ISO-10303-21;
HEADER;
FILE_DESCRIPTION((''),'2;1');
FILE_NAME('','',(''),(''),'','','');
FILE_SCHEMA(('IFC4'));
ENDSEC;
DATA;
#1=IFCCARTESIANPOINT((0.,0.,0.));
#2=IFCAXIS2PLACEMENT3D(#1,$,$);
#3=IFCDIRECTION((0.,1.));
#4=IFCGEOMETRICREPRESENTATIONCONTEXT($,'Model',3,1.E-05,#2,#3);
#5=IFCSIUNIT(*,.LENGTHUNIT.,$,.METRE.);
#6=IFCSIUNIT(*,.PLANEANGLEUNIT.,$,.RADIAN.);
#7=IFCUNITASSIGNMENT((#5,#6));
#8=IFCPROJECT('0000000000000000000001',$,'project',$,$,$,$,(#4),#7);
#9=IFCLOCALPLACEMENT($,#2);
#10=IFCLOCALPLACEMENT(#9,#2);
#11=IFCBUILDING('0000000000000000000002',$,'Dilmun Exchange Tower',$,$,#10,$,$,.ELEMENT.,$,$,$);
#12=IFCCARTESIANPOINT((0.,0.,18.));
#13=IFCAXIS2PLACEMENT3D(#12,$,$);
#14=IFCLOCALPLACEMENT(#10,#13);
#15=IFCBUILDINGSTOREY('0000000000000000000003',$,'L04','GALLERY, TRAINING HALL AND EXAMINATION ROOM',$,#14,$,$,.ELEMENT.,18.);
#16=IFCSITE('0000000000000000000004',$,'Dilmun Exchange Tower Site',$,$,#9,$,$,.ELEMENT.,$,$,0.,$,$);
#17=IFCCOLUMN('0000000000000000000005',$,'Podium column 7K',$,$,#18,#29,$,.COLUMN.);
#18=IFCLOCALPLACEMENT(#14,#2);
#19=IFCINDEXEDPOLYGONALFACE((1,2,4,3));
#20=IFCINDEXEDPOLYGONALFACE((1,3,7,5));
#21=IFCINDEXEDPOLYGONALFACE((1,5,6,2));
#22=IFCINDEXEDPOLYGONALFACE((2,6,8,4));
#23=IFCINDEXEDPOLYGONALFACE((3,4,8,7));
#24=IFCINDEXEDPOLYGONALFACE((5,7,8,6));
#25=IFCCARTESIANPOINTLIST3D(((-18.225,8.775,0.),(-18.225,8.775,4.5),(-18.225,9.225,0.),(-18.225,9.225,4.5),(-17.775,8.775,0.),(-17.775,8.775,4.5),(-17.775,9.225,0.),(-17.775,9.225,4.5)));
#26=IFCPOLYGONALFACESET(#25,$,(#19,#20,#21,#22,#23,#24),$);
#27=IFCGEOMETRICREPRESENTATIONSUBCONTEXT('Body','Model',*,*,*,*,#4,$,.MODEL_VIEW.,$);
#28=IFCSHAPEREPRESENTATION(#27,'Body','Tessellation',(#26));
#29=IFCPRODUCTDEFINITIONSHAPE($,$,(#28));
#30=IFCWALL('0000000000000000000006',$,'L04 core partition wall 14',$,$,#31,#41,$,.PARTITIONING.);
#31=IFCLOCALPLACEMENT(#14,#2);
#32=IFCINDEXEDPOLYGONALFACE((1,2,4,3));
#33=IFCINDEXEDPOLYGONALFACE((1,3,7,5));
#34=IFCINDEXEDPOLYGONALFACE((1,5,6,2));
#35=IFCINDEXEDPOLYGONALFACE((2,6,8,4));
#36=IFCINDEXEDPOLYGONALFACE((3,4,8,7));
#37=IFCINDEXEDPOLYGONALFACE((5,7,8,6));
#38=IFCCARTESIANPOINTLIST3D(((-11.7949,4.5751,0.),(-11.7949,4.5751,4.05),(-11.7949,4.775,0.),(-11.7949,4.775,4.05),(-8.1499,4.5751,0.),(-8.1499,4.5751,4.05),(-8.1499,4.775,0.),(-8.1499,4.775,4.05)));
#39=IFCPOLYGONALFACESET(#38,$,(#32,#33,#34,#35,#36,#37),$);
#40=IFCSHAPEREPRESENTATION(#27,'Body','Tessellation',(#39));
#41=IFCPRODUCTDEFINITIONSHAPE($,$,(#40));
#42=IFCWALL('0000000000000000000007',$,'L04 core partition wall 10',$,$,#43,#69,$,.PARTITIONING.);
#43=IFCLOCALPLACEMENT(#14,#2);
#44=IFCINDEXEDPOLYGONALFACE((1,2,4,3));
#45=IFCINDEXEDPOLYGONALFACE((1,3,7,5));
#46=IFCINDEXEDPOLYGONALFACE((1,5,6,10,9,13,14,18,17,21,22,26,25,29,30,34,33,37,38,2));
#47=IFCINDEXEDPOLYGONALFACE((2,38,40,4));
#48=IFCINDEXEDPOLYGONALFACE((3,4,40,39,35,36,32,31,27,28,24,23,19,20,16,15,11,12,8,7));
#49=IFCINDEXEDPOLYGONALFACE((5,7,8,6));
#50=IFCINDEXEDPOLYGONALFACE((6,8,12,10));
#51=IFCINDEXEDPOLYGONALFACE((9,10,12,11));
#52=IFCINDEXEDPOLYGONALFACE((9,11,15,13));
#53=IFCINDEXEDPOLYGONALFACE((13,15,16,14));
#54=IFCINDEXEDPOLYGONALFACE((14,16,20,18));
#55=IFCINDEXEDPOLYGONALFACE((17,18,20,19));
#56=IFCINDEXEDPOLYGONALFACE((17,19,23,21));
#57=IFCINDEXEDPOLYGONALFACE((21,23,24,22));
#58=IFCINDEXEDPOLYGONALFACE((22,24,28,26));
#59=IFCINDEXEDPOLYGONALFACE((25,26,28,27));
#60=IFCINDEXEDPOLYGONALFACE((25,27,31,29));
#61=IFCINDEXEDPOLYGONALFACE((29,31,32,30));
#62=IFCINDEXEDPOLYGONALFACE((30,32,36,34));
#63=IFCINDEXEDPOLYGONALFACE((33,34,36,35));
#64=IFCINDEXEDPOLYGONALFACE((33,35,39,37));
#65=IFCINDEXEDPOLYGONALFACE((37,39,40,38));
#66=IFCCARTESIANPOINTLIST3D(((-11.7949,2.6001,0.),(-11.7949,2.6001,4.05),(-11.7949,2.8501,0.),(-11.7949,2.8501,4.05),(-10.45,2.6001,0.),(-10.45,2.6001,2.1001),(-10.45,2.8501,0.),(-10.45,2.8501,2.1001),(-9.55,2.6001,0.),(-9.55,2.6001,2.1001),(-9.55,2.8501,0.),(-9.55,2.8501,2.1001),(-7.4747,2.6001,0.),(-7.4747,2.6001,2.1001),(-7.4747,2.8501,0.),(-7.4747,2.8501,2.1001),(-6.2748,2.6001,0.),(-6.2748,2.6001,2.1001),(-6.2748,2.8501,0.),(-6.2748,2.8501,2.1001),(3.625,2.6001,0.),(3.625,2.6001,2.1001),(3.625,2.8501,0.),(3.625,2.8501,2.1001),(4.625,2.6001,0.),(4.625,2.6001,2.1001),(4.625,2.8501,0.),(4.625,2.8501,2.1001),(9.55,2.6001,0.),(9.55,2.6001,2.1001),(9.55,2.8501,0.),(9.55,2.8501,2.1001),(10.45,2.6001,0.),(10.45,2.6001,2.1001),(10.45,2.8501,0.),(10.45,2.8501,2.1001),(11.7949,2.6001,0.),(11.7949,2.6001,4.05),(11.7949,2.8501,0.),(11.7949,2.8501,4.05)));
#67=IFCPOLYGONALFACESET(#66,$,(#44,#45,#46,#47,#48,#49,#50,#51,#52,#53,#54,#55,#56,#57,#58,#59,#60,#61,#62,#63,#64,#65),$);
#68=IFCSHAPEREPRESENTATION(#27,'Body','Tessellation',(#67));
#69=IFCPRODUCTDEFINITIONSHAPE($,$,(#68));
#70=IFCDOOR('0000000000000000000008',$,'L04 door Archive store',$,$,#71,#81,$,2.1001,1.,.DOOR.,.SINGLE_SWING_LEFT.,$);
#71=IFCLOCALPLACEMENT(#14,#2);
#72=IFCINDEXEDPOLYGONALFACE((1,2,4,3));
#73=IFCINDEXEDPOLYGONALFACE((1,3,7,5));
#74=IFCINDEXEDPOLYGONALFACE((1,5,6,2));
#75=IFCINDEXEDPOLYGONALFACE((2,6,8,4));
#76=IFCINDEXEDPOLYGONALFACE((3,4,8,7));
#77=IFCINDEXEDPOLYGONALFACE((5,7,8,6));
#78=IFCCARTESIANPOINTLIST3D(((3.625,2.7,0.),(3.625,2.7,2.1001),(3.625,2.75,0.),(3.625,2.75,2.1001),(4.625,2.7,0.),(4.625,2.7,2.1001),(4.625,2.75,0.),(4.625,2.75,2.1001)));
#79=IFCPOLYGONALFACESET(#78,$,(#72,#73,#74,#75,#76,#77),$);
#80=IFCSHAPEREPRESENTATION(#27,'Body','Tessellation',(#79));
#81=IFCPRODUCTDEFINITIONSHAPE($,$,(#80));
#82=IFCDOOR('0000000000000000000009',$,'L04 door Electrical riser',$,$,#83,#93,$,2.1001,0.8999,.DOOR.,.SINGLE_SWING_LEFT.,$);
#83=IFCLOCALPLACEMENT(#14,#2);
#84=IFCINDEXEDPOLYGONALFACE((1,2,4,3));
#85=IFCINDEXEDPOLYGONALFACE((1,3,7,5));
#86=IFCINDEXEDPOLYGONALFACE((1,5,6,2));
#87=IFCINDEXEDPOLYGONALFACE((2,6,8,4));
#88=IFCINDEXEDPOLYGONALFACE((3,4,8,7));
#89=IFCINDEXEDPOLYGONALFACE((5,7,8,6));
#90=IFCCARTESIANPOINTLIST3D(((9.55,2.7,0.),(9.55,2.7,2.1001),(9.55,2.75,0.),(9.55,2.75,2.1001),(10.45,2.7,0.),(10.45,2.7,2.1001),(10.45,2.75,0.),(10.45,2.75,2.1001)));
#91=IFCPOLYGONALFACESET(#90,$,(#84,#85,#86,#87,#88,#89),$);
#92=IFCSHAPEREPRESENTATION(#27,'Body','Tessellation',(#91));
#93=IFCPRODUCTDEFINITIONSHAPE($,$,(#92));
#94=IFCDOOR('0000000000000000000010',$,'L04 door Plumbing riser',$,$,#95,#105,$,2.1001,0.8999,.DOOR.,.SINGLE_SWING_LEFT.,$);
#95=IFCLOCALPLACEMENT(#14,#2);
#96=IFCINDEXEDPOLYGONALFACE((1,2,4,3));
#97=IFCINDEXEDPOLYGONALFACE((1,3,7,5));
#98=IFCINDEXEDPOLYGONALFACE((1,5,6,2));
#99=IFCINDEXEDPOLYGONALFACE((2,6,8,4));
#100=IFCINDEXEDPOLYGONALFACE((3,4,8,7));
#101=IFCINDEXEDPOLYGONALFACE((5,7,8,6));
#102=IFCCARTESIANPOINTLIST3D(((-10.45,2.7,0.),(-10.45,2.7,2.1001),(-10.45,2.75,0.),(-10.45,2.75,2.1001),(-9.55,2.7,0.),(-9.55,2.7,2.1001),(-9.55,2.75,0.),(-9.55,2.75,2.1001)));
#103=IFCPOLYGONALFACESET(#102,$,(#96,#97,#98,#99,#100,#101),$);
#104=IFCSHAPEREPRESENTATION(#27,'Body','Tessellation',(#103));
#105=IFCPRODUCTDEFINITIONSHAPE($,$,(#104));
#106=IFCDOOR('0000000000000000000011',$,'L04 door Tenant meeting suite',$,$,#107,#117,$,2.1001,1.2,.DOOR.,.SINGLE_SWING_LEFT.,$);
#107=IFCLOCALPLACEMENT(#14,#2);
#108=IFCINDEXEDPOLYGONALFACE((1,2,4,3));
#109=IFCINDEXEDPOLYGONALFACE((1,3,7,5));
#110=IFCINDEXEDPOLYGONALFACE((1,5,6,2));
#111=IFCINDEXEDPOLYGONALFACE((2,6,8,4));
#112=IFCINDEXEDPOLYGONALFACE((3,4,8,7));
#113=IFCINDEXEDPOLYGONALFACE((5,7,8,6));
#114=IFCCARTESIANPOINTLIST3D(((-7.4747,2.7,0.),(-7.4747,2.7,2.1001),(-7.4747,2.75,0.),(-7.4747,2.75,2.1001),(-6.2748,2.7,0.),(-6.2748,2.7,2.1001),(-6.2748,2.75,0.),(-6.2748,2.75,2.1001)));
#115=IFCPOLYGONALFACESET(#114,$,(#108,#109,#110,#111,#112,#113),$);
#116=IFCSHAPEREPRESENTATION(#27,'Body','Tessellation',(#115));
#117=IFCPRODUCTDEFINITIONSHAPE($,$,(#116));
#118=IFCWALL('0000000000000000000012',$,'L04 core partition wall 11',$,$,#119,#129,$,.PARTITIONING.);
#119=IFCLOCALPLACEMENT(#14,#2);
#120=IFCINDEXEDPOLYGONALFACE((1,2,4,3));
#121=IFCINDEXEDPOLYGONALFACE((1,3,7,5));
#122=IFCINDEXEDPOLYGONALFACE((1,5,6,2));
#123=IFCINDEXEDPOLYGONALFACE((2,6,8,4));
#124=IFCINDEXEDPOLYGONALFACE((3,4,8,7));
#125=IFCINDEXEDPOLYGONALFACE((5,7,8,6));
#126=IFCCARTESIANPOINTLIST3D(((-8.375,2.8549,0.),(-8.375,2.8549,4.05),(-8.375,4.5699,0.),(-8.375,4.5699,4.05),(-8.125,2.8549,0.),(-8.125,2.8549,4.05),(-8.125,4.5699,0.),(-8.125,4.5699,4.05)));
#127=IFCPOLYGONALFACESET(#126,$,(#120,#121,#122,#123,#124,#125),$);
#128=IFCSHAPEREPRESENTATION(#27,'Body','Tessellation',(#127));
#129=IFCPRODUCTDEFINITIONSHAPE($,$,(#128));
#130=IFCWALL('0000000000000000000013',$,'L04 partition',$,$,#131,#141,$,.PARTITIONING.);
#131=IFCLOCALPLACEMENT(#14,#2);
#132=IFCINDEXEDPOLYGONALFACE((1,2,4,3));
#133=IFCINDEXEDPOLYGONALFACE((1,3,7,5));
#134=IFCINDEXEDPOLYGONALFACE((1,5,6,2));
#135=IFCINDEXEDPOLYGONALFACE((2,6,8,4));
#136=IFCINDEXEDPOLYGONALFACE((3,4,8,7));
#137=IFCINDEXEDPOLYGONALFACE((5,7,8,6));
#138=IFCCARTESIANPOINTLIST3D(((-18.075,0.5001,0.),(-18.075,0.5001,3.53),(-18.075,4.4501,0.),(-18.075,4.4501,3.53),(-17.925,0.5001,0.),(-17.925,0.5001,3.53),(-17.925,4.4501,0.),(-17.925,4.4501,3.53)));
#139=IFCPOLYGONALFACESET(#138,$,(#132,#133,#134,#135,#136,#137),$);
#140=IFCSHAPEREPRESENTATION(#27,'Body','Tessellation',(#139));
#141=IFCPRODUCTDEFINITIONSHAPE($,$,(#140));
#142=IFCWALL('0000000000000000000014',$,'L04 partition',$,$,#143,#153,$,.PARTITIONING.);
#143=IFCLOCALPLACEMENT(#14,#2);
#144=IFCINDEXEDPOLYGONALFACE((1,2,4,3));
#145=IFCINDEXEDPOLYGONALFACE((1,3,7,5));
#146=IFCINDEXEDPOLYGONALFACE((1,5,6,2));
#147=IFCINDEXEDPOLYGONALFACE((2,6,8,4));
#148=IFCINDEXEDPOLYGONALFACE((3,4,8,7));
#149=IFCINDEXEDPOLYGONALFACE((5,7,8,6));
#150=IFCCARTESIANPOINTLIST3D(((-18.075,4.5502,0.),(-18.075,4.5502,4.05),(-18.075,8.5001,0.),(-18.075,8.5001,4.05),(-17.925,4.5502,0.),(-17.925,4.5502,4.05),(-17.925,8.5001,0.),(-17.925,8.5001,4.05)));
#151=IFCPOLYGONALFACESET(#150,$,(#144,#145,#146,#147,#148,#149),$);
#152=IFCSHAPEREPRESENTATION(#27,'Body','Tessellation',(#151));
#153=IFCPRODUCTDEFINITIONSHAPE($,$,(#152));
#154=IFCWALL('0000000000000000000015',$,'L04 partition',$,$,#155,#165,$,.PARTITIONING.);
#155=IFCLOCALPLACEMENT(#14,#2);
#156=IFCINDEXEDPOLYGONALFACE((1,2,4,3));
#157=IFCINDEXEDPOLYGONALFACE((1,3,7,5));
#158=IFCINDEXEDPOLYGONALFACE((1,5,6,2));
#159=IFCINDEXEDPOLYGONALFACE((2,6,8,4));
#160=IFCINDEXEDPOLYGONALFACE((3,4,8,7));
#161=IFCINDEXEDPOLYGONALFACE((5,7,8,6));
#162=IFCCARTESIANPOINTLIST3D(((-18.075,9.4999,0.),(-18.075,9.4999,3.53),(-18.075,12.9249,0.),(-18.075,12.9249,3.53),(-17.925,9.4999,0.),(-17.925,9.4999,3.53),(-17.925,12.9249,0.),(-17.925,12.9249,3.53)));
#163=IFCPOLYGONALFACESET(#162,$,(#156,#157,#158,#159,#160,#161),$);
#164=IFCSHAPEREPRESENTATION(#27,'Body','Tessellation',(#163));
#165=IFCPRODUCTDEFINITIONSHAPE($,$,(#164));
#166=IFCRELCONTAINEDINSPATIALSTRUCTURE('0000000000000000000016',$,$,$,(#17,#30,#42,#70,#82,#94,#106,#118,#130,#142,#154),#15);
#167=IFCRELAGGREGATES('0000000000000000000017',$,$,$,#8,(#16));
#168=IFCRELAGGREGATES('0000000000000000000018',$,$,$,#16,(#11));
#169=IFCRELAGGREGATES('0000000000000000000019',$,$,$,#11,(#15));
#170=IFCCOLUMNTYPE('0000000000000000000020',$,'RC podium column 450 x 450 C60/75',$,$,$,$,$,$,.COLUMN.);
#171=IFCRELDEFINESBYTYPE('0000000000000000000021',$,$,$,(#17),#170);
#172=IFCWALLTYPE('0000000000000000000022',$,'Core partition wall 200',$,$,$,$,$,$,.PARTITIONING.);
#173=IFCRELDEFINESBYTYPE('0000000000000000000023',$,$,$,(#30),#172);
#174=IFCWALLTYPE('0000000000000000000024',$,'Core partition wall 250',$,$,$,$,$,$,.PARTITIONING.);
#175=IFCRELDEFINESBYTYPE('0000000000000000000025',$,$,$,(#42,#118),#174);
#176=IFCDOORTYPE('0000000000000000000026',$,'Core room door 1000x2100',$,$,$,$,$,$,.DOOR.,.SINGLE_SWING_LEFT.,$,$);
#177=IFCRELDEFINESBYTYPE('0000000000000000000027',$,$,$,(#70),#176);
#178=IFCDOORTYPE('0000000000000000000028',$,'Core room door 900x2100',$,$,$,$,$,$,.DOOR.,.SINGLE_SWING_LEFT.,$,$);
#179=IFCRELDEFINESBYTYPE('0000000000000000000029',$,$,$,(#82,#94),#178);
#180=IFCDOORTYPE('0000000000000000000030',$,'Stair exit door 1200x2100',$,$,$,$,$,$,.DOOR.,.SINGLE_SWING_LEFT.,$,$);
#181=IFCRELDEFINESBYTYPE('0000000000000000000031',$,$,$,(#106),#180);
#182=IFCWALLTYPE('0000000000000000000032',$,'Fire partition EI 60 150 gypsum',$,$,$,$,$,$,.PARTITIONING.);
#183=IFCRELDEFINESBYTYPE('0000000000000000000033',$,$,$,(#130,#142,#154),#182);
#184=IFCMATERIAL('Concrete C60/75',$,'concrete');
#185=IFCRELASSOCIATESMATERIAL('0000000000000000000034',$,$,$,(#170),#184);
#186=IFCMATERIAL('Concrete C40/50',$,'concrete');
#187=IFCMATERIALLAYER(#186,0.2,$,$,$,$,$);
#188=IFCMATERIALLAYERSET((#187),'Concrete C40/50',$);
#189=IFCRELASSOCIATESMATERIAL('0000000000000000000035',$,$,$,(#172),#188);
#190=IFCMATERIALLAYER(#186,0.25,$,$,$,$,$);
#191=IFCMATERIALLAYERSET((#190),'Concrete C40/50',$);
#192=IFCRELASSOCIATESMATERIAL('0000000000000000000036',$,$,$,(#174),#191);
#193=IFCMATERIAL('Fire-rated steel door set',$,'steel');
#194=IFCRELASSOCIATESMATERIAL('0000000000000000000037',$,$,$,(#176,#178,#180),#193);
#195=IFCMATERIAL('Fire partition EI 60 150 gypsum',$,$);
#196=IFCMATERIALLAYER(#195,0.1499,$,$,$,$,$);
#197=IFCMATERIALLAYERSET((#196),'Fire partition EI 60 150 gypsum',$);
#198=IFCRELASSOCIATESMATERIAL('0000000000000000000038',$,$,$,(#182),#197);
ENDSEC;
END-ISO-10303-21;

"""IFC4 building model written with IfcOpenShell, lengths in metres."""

from ifc_helpers import new_model, si_unit, direction, frame, frame_2d, origin, origin_2d, place, context, subcontext, project, spatial, rectangle, extrude, material, layer, layer_set, material_profile, profile_set, type_object, element, fill, save


model = new_model("IFC4")

# Units and contexts
model_context = context("Model", 3, precision=1e-05, world=origin(), true_north=direction((0.0, 1.0)))
body_context = subcontext(model_context, "Body", "Model", "MODEL_VIEW")
ifc_project = project(units=[si_unit("LENGTHUNIT", "METRE"), si_unit("PLANEANGLEUNIT", "RADIAN")], contexts=[model_context])

# Site, building, storey
site_placement = place(None, origin())
site = spatial("IfcSite", under=ifc_project, at=site_placement, Name="Dilmun Exchange Tower Site", CompositionType="ELEMENT", RefElevation=0.0)
building_placement = place(site_placement, origin())
building = spatial("IfcBuilding", under=site, at=building_placement, Name="Dilmun Exchange Tower", CompositionType="ELEMENT")
storey_placement = place(building_placement, frame((0.0, 0.0, 18.0)))
storey = spatial("IfcBuildingStorey", under=building, at=storey_placement, Name="L04", Description="GALLERY, TRAINING HALL AND EXAMINATION ROOM", CompositionType="ELEMENT", Elevation=18.0)

# Column
ifc_material_1 = material(Name="Concrete C60/75", Category="concrete")
ifc_material_profile = material_profile(ifc_material_1, rectangle(XDim=0.45, YDim=0.45, at=origin_2d()), Name="450 x 450")
ifc_profile_set = profile_set([ifc_material_profile], Name="Concrete C60/75")
column_type = type_object("IfcColumnType", Name="RC podium column 450 x 450 C60/75", PredefinedType="COLUMN", material=ifc_profile_set)
column_placement = place(storey_placement, frame((-18.0, 9.0, 0.0), z_axis=(0.0, 0.0, 1.0), x_axis=(1.0, 0.0, 0.0)))
element("IfcColumn", 1, at=column_placement, inside=storey, type_object=column_type, Name="Podium column 7K", PredefinedType="COLUMN", context=body_context, shape_type="SweptSolid", body=[
    extrude(rectangle(XDim=0.45, YDim=0.45, at=origin_2d()), origin(), (0.0, 0.0, 1.0), 4.5),
])

# Wall
ifc_material_2 = material(Name="Concrete C40/50", Category="concrete")
ifc_layer_1 = layer(ifc_material_2, 0.2)
ifc_layer_set_1 = layer_set([ifc_layer_1], Name="Concrete C40/50")
wall_type_1 = type_object("IfcWallType", Name="Core partition wall 200", PredefinedType="PARTITIONING", material=ifc_layer_set_1)
wall_1_placement = place(storey_placement, frame((-11.7949, 4.675, 0.0), z_axis=(0.0, 0.0, 1.0), x_axis=(1.0, 0.0, 0.0)))
element("IfcWall", 2, at=wall_1_placement, inside=storey, type_object=wall_type_1, Name="L04 core partition wall 14", PredefinedType="PARTITIONING", context=body_context, shape_type="SweptSolid", body=[
    extrude(rectangle(XDim=3.645, YDim=0.2, at=frame_2d((1.8225, 0.0))), origin(), (0.0, 0.0, 1.0), 4.05),
])

# Wall, openings, doors
ifc_layer_2 = layer(ifc_material_2, 0.25)
ifc_layer_set_2 = layer_set([ifc_layer_2], Name="Concrete C40/50")
wall_type_2 = type_object("IfcWallType", Name="Core partition wall 250", PredefinedType="PARTITIONING", material=ifc_layer_set_2)
wall_2_placement = place(storey_placement, frame((-11.7949, 2.7251, 0.0), z_axis=(0.0, 0.0, 1.0), x_axis=(1.0, 0.0, 0.0)))
wall_2 = element("IfcWall", 3, at=wall_2_placement, inside=storey, type_object=wall_type_2, Name="L04 core partition wall 10", PredefinedType="PARTITIONING", context=body_context, shape_type="SweptSolid", body=[
    extrude(rectangle(XDim=23.5898, YDim=0.25, at=frame_2d((11.7949, 0.0))), origin(), (0.0, 0.0, 1.0), 4.05),
])
opening_1_placement = place(wall_2_placement, frame((21.345, 0.0, 0.0)))
opening_1 = element("IfcOpeningElement", 4, at=opening_1_placement, cuts=wall_2, PredefinedType="OPENING", context=body_context, shape_type="SweptSolid", body=[
    extrude(rectangle(XDim=0.8999, YDim=2.1001, at=frame_2d((0.45, 1.05))), frame((0.0, 0.135, 0.0), z_axis=(0.0, -1.0, 0.0), x_axis=(1.0, 0.0, 0.0)), (0.0, 0.0, 1.0), 0.27),
])
opening_2_placement = place(wall_2_placement, frame((1.345, 0.0, 0.0)))
opening_2 = element("IfcOpeningElement", 5, at=opening_2_placement, cuts=wall_2, PredefinedType="OPENING", context=body_context, shape_type="SweptSolid", body=[
    extrude(rectangle(XDim=0.8999, YDim=2.1001, at=frame_2d((0.45, 1.05))), frame((0.0, 0.135, 0.0), z_axis=(0.0, -1.0, 0.0), x_axis=(1.0, 0.0, 0.0)), (0.0, 0.0, 1.0), 0.27),
])
opening_3_placement = place(wall_2_placement, frame((4.3201, 0.0, 0.0)))
opening_3 = element("IfcOpeningElement", 6, at=opening_3_placement, cuts=wall_2, PredefinedType="OPENING", context=body_context, shape_type="SweptSolid", body=[
    extrude(rectangle(XDim=1.2, YDim=2.1001, at=frame_2d((0.6001, 1.05))), frame((0.0, 0.135, 0.0), z_axis=(0.0, -1.0, 0.0), x_axis=(1.0, 0.0, 0.0)), (0.0, 0.0, 1.0), 0.27),
])
opening_4_placement = place(wall_2_placement, frame((15.4199, 0.0, 0.0)))
opening_4 = element("IfcOpeningElement", 7, at=opening_4_placement, cuts=wall_2, PredefinedType="OPENING", context=body_context, shape_type="SweptSolid", body=[
    extrude(rectangle(XDim=1.0, YDim=2.1001, at=frame_2d((0.5, 1.05))), frame((0.0, 0.135, 0.0), z_axis=(0.0, -1.0, 0.0), x_axis=(1.0, 0.0, 0.0)), (0.0, 0.0, 1.0), 0.27),
])
ifc_material_3 = material(Name="Fire-rated steel door set", Category="steel")
door_type_1 = type_object("IfcDoorType", Name="Core room door 1000x2100", OperationType="SINGLE_SWING_LEFT", PredefinedType="DOOR", material=ifc_material_3)
door_1_placement = place(opening_4_placement, origin())
door_1 = element("IfcDoor", 8, at=door_1_placement, inside=storey, type_object=door_type_1, Name="L04 door Archive store", OperationType="SINGLE_SWING_LEFT", OverallHeight=2.1001, OverallWidth=1.0, PredefinedType="DOOR", context=body_context, shape_type="SweptSolid", body=[
    extrude(rectangle(XDim=1.0, YDim=2.1001, at=frame_2d((0.5, 1.05))), frame((0.0, 0.0249, 0.0), z_axis=(0.0, -1.0, 0.0), x_axis=(1.0, 0.0, 0.0)), (0.0, 0.0, 1.0), 0.05),
])
fill(opening_4, door_1)
door_type_2 = type_object("IfcDoorType", Name="Core room door 900x2100", OperationType="SINGLE_SWING_LEFT", PredefinedType="DOOR", material=ifc_material_3)
door_2_placement = place(opening_1_placement, origin())
door_2 = element("IfcDoor", 9, at=door_2_placement, inside=storey, type_object=door_type_2, Name="L04 door Electrical riser", OperationType="SINGLE_SWING_LEFT", OverallHeight=2.1001, OverallWidth=0.8999, PredefinedType="DOOR", context=body_context, shape_type="SweptSolid", body=[
    extrude(rectangle(XDim=0.8999, YDim=2.1001, at=frame_2d((0.45, 1.05))), frame((0.0, 0.0249, 0.0), z_axis=(0.0, -1.0, 0.0), x_axis=(1.0, 0.0, 0.0)), (0.0, 0.0, 1.0), 0.05),
])
fill(opening_1, door_2)
door_3_placement = place(opening_2_placement, origin())
door_3 = element("IfcDoor", 10, at=door_3_placement, inside=storey, type_object=door_type_2, Name="L04 door Plumbing riser", OperationType="SINGLE_SWING_LEFT", OverallHeight=2.1001, OverallWidth=0.8999, PredefinedType="DOOR", context=body_context, shape_type="SweptSolid", body=[
    extrude(rectangle(XDim=0.8999, YDim=2.1001, at=frame_2d((0.45, 1.05))), frame((0.0, 0.0249, 0.0), z_axis=(0.0, -1.0, 0.0), x_axis=(1.0, 0.0, 0.0)), (0.0, 0.0, 1.0), 0.05),
])
fill(opening_2, door_3)
door_type_3 = type_object("IfcDoorType", Name="Stair exit door 1200x2100", OperationType="SINGLE_SWING_LEFT", PredefinedType="DOOR", material=ifc_material_3)
door_4_placement = place(opening_3_placement, origin())
door_4 = element("IfcDoor", 11, at=door_4_placement, inside=storey, type_object=door_type_3, Name="L04 door Tenant meeting suite", OperationType="SINGLE_SWING_LEFT", OverallHeight=2.1001, OverallWidth=1.2, PredefinedType="DOOR", context=body_context, shape_type="SweptSolid", body=[
    extrude(rectangle(XDim=1.2, YDim=2.1001, at=frame_2d((0.6001, 1.05))), frame((0.0, 0.0249, 0.0), z_axis=(0.0, -1.0, 0.0), x_axis=(1.0, 0.0, 0.0)), (0.0, 0.0, 1.0), 0.05),
])
fill(opening_3, door_4)

# Walls
wall_3_placement = place(storey_placement, frame((-8.25, 2.855, 0.0), z_axis=(0.0, 0.0, 1.0), x_axis=(0.0, 1.0, 0.0)))
element("IfcWall", 12, at=wall_3_placement, inside=storey, type_object=wall_type_2, Name="L04 core partition wall 11", PredefinedType="PARTITIONING", context=body_context, shape_type="SweptSolid", body=[
    extrude(rectangle(XDim=1.7151, YDim=0.25, at=frame_2d((0.8574, 0.0))), origin(), (0.0, 0.0, 1.0), 4.05),
])
ifc_material_4 = material(Name="Fire partition EI 60 150 gypsum")
ifc_layer_3 = layer(ifc_material_4, 0.1499)
ifc_layer_set_3 = layer_set([ifc_layer_3], Name="Fire partition EI 60 150 gypsum")
wall_type_3 = type_object("IfcWallType", Name="Fire partition EI 60 150 gypsum", PredefinedType="PARTITIONING", material=ifc_layer_set_3)
wall_4_placement = place(storey_placement, frame((-18.0, 0.5, 0.0), z_axis=(0.0, 0.0, 1.0), x_axis=(0.0, 1.0, 0.0)))
element("IfcWall", 13, at=wall_4_placement, inside=storey, type_object=wall_type_3, Name="L04 partition", PredefinedType="PARTITIONING", context=body_context, shape_type="SweptSolid", body=[
    extrude(rectangle(XDim=3.95, YDim=0.1499, at=frame_2d((1.9751, 0.0))), origin(), (0.0, 0.0, 1.0), 3.53),
])
wall_5_placement = place(storey_placement, frame((-18.0, 4.55, 0.0), z_axis=(0.0, 0.0, 1.0), x_axis=(0.0, 1.0, 0.0)))
element("IfcWall", 14, at=wall_5_placement, inside=storey, type_object=wall_type_3, Name="L04 partition", PredefinedType="PARTITIONING", context=body_context, shape_type="SweptSolid", body=[
    extrude(rectangle(XDim=3.95, YDim=0.1499, at=frame_2d((1.9751, 0.0))), origin(), (0.0, 0.0, 1.0), 4.05),
])
wall_6_placement = place(storey_placement, frame((-18.0, 9.5, 0.0), z_axis=(0.0, 0.0, 1.0), x_axis=(0.0, 1.0, 0.0)))
element("IfcWall", 15, at=wall_6_placement, inside=storey, type_object=wall_type_3, Name="L04 partition", PredefinedType="PARTITIONING", context=body_context, shape_type="SweptSolid", body=[
    extrude(rectangle(XDim=3.425, YDim=0.1499, at=frame_2d((1.7124, 0.0))), origin(), (0.0, 0.0, 1.0), 3.53),
])

save(model, "model.ifc")
